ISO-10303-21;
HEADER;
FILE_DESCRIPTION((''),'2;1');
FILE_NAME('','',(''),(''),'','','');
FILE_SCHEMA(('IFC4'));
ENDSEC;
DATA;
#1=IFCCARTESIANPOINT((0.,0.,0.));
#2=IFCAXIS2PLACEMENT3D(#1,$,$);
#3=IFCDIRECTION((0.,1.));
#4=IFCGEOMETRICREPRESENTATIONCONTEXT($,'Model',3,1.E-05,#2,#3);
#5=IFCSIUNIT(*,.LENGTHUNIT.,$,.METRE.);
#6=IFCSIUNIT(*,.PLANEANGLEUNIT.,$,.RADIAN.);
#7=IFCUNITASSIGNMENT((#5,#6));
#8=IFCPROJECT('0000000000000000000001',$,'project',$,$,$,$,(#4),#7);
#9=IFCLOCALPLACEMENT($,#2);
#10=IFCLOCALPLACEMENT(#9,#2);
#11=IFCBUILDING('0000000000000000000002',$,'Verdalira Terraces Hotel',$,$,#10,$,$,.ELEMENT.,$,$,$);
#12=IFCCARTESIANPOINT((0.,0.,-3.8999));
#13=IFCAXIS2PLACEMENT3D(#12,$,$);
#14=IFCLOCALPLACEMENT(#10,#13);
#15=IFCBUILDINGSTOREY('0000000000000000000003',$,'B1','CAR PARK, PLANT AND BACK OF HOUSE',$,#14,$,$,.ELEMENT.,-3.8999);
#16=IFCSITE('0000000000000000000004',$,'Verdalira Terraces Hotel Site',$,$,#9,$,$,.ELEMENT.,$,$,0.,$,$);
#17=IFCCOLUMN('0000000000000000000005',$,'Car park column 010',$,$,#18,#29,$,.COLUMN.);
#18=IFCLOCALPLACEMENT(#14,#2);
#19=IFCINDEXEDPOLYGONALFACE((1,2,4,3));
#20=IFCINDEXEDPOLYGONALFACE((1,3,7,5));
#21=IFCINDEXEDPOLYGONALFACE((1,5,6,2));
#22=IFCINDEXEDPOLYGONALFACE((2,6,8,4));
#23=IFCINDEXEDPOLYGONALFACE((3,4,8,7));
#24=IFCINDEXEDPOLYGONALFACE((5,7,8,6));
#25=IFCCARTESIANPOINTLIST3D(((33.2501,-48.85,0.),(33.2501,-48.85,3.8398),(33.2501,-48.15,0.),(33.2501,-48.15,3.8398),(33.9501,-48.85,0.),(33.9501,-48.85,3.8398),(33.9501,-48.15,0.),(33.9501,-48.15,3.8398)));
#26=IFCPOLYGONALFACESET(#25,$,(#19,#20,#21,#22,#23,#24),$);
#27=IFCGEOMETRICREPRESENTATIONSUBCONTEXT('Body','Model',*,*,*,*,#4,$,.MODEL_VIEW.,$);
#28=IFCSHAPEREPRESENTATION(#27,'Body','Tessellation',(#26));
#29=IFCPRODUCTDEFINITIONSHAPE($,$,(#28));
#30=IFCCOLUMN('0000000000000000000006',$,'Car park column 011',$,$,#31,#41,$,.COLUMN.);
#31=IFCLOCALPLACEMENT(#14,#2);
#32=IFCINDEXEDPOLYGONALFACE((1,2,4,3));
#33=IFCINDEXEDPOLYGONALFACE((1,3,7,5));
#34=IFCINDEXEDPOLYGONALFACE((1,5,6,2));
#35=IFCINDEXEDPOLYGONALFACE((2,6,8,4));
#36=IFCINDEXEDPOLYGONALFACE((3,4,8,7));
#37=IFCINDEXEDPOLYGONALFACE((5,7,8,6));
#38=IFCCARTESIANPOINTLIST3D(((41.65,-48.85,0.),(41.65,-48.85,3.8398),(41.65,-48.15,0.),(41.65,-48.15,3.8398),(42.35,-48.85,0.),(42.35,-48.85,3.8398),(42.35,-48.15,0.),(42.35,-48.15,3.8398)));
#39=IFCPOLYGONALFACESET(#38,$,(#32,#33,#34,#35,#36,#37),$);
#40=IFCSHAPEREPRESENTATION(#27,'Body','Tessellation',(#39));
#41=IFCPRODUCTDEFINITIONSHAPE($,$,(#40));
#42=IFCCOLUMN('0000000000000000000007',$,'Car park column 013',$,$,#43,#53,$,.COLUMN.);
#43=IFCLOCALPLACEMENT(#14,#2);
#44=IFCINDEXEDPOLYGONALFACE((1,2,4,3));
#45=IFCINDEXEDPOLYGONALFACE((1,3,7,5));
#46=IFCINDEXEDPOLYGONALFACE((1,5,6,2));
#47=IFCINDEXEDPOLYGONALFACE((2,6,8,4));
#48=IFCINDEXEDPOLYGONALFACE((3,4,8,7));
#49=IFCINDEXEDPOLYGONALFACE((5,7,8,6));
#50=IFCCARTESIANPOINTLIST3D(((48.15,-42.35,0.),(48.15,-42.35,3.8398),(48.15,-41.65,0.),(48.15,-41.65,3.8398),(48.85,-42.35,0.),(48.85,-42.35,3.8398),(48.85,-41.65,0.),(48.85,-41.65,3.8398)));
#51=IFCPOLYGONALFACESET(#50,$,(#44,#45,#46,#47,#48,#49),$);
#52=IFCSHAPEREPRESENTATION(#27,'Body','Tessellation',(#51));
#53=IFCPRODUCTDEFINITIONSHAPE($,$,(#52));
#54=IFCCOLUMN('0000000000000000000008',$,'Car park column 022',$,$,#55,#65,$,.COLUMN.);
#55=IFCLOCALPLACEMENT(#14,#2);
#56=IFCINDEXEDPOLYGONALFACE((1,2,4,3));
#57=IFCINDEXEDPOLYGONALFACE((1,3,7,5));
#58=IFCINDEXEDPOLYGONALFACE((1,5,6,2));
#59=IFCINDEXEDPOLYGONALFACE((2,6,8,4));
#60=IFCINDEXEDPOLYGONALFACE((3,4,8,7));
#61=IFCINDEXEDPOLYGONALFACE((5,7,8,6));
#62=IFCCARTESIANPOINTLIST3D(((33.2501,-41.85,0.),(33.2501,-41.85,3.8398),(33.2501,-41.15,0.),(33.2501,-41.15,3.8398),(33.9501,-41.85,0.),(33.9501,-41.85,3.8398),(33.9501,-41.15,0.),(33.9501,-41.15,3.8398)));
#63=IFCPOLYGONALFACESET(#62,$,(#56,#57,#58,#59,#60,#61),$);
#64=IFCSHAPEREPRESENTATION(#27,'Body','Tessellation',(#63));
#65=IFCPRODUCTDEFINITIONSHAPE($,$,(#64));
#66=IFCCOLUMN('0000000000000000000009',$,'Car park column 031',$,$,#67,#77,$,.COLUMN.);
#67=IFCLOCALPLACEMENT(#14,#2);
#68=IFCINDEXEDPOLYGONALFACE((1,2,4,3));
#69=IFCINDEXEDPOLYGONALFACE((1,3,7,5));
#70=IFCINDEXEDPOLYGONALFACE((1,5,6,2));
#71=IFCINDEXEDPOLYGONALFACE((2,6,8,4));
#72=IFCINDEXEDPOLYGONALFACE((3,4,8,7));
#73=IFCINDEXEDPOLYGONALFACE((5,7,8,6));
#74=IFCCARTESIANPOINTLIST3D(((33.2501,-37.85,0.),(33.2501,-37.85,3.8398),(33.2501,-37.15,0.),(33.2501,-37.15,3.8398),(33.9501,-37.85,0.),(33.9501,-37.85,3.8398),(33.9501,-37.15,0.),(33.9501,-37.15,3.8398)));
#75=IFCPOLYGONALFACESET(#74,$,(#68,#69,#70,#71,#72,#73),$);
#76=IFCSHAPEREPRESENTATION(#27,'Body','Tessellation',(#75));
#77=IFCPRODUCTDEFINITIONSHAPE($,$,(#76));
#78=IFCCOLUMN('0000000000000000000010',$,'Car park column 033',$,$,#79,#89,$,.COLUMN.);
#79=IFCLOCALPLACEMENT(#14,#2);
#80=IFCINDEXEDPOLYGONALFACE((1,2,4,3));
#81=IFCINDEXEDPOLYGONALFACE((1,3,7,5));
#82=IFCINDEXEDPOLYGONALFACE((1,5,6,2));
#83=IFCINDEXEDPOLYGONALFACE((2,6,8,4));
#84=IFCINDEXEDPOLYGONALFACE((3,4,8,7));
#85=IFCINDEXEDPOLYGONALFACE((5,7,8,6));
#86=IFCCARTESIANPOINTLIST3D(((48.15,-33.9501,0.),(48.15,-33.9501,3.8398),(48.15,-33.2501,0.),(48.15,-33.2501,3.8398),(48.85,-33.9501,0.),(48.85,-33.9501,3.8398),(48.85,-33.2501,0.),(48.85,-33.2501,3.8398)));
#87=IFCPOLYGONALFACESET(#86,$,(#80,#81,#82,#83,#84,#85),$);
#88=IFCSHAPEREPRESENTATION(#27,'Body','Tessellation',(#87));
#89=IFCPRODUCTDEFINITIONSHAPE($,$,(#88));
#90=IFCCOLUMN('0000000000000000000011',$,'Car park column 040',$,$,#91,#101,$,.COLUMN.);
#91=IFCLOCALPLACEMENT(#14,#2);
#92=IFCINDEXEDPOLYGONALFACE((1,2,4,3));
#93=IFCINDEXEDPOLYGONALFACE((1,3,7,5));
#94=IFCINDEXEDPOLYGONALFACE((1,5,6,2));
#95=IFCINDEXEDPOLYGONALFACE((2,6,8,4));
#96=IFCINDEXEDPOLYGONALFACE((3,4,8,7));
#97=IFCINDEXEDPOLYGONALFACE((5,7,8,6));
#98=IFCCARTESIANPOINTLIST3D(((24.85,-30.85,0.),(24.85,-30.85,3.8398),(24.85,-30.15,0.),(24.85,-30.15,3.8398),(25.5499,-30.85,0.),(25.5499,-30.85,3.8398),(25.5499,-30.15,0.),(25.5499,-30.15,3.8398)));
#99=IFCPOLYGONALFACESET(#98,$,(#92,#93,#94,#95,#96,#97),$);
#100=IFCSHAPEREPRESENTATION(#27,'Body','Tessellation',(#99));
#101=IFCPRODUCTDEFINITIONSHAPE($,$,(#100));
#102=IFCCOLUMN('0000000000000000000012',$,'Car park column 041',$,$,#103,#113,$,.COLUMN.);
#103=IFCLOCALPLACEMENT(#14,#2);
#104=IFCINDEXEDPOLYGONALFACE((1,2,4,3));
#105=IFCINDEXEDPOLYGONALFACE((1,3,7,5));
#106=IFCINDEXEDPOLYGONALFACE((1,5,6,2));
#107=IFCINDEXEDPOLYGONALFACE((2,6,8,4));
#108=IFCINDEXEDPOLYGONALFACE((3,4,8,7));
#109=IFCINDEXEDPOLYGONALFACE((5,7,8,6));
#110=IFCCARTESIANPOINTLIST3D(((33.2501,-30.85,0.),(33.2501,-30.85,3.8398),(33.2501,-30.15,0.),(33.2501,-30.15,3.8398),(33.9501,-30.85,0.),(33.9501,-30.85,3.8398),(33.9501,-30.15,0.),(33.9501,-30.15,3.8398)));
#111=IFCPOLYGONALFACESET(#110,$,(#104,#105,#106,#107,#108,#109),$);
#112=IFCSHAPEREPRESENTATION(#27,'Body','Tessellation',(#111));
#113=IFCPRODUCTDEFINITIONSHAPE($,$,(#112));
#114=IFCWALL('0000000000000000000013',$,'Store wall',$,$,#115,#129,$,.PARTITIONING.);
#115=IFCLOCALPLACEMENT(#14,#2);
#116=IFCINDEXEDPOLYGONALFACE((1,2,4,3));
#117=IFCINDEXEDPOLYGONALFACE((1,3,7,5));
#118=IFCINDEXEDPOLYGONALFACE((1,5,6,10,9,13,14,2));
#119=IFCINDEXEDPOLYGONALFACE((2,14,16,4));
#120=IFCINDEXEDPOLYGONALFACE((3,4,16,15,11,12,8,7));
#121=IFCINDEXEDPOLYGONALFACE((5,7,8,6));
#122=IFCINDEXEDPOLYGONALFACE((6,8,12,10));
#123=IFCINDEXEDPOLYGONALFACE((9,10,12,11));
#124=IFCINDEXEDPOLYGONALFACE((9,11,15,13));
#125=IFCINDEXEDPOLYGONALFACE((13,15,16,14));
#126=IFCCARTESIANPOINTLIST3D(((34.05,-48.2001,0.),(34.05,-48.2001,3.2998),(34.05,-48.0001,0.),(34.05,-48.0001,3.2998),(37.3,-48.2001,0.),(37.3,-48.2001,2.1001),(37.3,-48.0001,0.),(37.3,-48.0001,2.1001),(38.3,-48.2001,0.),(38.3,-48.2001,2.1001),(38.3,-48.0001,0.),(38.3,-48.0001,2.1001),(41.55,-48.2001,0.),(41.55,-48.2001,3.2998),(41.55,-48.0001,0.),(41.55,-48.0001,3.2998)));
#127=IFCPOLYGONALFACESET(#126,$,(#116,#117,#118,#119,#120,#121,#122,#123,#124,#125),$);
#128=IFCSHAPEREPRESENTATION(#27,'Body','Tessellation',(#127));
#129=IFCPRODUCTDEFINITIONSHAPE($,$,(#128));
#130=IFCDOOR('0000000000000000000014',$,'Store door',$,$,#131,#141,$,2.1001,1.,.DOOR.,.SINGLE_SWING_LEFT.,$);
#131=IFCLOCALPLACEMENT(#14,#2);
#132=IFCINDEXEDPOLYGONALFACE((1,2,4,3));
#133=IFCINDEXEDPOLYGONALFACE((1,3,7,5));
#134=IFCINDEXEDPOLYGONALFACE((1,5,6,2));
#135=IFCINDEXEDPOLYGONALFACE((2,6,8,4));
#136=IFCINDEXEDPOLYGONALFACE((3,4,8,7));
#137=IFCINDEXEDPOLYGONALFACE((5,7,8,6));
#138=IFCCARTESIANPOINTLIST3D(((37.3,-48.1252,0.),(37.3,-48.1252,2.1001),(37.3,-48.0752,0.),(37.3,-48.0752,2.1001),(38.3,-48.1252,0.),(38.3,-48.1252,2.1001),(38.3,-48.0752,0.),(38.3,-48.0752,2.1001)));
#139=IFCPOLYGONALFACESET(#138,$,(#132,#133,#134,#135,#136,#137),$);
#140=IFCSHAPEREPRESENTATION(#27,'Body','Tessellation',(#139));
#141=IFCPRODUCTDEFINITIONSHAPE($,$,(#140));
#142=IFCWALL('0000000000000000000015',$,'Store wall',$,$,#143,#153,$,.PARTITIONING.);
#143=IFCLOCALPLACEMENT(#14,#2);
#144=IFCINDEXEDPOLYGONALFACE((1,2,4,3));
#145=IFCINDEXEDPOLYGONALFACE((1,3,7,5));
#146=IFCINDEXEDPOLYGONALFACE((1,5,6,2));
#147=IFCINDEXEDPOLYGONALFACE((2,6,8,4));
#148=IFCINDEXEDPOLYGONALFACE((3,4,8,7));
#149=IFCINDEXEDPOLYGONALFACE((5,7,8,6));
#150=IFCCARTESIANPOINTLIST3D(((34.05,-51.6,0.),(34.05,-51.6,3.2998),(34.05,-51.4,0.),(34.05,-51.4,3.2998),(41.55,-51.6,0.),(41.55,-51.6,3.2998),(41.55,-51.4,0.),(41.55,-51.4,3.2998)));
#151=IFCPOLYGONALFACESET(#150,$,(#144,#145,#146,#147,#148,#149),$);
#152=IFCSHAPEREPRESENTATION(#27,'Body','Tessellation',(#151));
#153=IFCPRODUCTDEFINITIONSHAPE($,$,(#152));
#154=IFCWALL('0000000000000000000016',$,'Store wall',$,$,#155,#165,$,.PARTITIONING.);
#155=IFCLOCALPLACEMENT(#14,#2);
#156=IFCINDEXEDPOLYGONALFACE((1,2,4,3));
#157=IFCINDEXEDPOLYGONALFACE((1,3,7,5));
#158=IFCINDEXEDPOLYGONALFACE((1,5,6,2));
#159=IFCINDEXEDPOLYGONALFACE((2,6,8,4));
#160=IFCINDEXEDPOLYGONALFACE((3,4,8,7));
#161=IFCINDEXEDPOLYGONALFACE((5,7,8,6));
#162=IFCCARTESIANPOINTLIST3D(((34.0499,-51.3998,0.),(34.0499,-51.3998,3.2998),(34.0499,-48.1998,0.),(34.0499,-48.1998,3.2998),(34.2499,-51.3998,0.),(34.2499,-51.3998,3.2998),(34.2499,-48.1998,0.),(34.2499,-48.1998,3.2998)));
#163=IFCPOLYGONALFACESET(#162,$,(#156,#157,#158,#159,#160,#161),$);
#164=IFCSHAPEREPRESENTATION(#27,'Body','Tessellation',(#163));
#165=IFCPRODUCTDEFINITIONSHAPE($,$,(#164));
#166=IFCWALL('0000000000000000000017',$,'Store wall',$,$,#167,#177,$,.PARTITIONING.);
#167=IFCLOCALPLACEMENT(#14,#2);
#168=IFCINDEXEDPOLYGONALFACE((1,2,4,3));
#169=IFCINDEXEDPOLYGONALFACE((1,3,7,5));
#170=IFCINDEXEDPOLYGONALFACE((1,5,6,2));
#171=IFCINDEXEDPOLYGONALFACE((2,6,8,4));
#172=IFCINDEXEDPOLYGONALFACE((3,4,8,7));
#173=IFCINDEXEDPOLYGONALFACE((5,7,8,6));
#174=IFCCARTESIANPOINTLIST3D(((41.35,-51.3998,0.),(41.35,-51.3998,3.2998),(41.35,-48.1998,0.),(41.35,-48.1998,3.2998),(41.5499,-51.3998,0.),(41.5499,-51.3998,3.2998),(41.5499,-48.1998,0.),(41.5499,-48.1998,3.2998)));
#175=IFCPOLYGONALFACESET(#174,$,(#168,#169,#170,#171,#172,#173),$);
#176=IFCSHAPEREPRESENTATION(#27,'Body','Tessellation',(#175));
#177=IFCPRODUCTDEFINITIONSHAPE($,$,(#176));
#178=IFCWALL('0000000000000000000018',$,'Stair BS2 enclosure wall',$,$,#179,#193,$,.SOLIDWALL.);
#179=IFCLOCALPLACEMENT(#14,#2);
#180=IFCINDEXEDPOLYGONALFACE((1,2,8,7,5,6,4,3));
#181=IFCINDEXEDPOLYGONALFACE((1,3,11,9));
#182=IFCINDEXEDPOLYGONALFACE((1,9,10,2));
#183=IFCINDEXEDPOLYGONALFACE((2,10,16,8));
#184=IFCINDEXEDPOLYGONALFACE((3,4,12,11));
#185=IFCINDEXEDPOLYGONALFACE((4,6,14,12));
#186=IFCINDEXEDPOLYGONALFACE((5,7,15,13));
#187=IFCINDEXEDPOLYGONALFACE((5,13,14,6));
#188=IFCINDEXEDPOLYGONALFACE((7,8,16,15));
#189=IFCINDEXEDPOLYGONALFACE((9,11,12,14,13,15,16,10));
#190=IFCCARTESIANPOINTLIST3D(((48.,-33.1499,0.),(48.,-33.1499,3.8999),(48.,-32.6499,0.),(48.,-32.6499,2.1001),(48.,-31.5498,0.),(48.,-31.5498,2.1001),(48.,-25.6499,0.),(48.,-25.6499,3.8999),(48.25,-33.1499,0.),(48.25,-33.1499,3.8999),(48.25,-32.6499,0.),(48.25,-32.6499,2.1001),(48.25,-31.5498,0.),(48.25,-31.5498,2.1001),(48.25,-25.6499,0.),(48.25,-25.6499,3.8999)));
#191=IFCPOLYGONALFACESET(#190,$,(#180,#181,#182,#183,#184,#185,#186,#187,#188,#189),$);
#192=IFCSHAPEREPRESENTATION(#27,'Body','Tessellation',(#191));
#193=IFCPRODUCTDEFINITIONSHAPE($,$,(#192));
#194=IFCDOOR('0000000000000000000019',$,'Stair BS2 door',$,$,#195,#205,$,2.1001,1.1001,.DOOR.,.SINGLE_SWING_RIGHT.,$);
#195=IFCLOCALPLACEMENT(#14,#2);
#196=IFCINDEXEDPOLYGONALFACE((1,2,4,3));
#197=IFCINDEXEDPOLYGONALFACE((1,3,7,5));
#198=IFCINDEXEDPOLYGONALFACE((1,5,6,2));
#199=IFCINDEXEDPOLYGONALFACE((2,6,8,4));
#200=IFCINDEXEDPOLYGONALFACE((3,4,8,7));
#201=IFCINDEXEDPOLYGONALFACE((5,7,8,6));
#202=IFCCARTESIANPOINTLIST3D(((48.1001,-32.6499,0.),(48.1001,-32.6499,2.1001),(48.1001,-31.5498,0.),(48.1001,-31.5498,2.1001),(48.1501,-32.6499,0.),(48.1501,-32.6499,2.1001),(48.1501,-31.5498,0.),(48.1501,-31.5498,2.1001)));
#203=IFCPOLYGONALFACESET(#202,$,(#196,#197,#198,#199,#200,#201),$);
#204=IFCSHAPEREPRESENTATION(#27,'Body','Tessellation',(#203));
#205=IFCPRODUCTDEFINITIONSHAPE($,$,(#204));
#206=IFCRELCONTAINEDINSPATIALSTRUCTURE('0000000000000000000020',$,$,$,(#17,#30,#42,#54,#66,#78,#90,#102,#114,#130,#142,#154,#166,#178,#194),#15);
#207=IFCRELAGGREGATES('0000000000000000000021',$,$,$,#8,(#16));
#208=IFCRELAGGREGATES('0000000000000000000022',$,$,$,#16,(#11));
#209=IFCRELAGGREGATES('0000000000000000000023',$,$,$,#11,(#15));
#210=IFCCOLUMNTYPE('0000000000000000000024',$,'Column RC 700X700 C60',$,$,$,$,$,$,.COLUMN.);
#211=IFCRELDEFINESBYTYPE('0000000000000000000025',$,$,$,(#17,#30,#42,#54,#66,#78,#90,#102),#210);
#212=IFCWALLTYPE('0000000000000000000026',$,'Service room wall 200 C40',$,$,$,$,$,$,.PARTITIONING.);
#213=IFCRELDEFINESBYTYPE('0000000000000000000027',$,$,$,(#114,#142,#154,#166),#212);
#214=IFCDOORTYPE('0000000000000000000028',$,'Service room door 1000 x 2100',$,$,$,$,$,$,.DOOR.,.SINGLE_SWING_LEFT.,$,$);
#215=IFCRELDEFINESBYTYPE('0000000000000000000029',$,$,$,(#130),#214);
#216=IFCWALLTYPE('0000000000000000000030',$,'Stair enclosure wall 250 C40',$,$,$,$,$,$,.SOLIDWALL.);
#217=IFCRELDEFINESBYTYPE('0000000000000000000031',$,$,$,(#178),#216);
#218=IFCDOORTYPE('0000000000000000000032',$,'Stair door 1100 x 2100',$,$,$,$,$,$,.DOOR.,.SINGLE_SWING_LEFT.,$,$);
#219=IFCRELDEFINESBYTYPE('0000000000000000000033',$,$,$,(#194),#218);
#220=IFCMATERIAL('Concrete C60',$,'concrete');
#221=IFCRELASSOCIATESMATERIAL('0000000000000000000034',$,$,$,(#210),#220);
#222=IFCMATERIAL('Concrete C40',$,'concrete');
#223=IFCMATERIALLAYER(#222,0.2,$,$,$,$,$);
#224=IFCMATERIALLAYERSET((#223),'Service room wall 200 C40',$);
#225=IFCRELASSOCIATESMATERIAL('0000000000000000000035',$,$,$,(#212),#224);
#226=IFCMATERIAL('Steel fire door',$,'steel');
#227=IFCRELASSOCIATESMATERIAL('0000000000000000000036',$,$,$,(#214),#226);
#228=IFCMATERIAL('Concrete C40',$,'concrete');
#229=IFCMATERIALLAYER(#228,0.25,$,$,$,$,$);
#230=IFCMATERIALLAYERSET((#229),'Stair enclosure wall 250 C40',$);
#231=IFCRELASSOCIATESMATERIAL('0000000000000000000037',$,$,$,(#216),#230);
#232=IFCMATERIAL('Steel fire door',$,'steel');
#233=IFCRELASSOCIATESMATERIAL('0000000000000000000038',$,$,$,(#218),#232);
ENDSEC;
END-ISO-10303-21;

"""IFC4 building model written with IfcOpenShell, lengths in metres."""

from ifc_helpers import new_model, si_unit, direction, frame, frame_2d, origin, origin_2d, place, context, subcontext, project, spatial, rectangle, extrude, material, layer, layer_set, material_profile, profile_set, type_object, element, fill, save


model = new_model("IFC4")

# Units and contexts
model_context = context("Model", 3, precision=1e-05, world=origin(), true_north=direction((0.0, 1.0)))
body_context = subcontext(model_context, "Body", "Model", "MODEL_VIEW")
ifc_project = project(units=[si_unit("LENGTHUNIT", "METRE"), si_unit("PLANEANGLEUNIT", "RADIAN")], contexts=[model_context])

# Site, building, storey
site_placement = place(None, origin())
site = spatial("IfcSite", under=ifc_project, at=site_placement, Name="Verdalira Terraces Hotel Site", CompositionType="ELEMENT", RefElevation=0.0)
building_placement = place(site_placement, origin())
building = spatial("IfcBuilding", under=site, at=building_placement, Name="Verdalira Terraces Hotel", CompositionType="ELEMENT")
storey_placement = place(building_placement, frame((0.0, 0.0, -3.8999)))
storey = spatial("IfcBuildingStorey", under=building, at=storey_placement, Name="B1", Description="CAR PARK, PLANT AND BACK OF HOUSE", CompositionType="ELEMENT", Elevation=-3.8999)

# Columns
ifc_material_1 = material(Name="Concrete C60", Category="concrete")
ifc_material_profile = material_profile(ifc_material_1, rectangle(XDim=0.7, YDim=0.7, at=origin_2d()), Name="RC 700X700")
ifc_profile_set = profile_set([ifc_material_profile], Name="Concrete C60")
column_type = type_object("IfcColumnType", Name="Column RC 700X700 C60", PredefinedType="COLUMN", material=ifc_profile_set)
for number, where, z_axis, x_axis, name in (
    (1, (33.6001, -48.5, 0.0), (0.0, 0.0, 1.0), (1.0, 0.0, 0.0), "Car park column 010"),
    (2, (42.0, -48.5, 0.0), (0.0, 0.0, 1.0), (1.0, 0.0, 0.0), "Car park column 011"),
    (3, (48.5, -42.0, 0.0), (0.0, 0.0, 1.0), (1.0, 0.0, 0.0), "Car park column 013"),
    (4, (33.6001, -41.5, 0.0), (0.0, 0.0, 1.0), (1.0, 0.0, 0.0), "Car park column 022"),
    (5, (33.6001, -37.5, 0.0), (0.0, 0.0, 1.0), (1.0, 0.0, 0.0), "Car park column 031"),
    (6, (48.5, -33.6001, 0.0), (0.0, 0.0, 1.0), (1.0, 0.0, 0.0), "Car park column 033"),
    (7, (25.2, -30.5, 0.0), (0.0, 0.0, 1.0), (1.0, 0.0, 0.0), "Car park column 040"),
    (8, (33.6001, -30.5, 0.0), (0.0, 0.0, 1.0), (1.0, 0.0, 0.0), "Car park column 041"),
):
    element("IfcColumn", number, at=place(storey_placement, frame(where, z_axis=z_axis, x_axis=x_axis)), inside=storey, type_object=column_type, Name=name, PredefinedType="COLUMN", context=body_context, shape_type="SweptSolid", body=[
        extrude(rectangle(XDim=0.7, YDim=0.7, at=origin_2d()), origin(), (0.0, 0.0, 1.0), 3.8398),
    ])

# Wall, opening, door
ifc_material_2 = material(Name="Concrete C40", Category="concrete")
ifc_layer_1 = layer(ifc_material_2, 0.2)
ifc_layer_set_1 = layer_set([ifc_layer_1], Name="Service room wall 200 C40")
wall_type_1 = type_object("IfcWallType", Name="Service room wall 200 C40", PredefinedType="PARTITIONING", material=ifc_layer_set_1)
wall_1_placement = place(storey_placement, frame((34.05, -48.1001, 0.0), z_axis=(0.0, 0.0, 1.0), x_axis=(1.0, 0.0, 0.0)))
wall_1 = element("IfcWall", 9, at=wall_1_placement, inside=storey, type_object=wall_type_1, Name="Store wall", PredefinedType="PARTITIONING", context=body_context, shape_type="SweptSolid", body=[
    extrude(rectangle(XDim=7.5, YDim=0.2, at=frame_2d((3.75, 0.0))), origin(), (0.0, 0.0, 1.0), 3.2998),
])
opening_1_placement = place(wall_1_placement, frame((3.25, 0.0, 0.0)))
opening_1 = element("IfcOpeningElement", 10, at=opening_1_placement, cuts=wall_1, PredefinedType="OPENING", context=body_context, shape_type="SweptSolid", body=[
    extrude(rectangle(XDim=1.0, YDim=2.1001, at=frame_2d((0.5, 1.05))), frame((0.0, 0.1099, 0.0), z_axis=(0.0, -1.0, 0.0), x_axis=(1.0, 0.0, 0.0)), (0.0, 0.0, 1.0), 0.22),
])
ifc_material_3 = material(Name="Steel fire door", Category="steel")
door_type_1 = type_object("IfcDoorType", Name="Service room door 1000 x 2100", OperationType="SINGLE_SWING_LEFT", PredefinedType="DOOR", material=ifc_material_3)
door_1_placement = place(opening_1_placement, origin())
door_1 = element("IfcDoor", 11, at=door_1_placement, inside=storey, type_object=door_type_1, Name="Store door", OperationType="SINGLE_SWING_LEFT", OverallHeight=2.1001, OverallWidth=1.0, PredefinedType="DOOR", context=body_context, shape_type="SweptSolid", body=[
    extrude(rectangle(XDim=1.0, YDim=2.1001, at=frame_2d((0.5, 1.05))), frame((0.0, 0.0249, 0.0), z_axis=(0.0, -1.0, 0.0), x_axis=(1.0, 0.0, 0.0)), (0.0, 0.0, 1.0), 0.05),
])
fill(opening_1, door_1)

# Walls
wall_2_placement = place(storey_placement, frame((34.05, -51.5, 0.0), z_axis=(0.0, 0.0, 1.0), x_axis=(1.0, 0.0, 0.0)))
element("IfcWall", 12, at=wall_2_placement, inside=storey, type_object=wall_type_1, Name="Store wall", PredefinedType="PARTITIONING", context=body_context, shape_type="SweptSolid", body=[
    extrude(rectangle(XDim=7.5, YDim=0.2, at=frame_2d((3.75, 0.0))), origin(), (0.0, 0.0, 1.0), 3.2998),
])
for number, where, z_axis, x_axis, name in (
    (13, (34.1499, -51.3999, 0.0), (0.0, 0.0, 1.0), (0.0, 1.0, 0.0), "Store wall"),
    (14, (41.45, -51.3999, 0.0), (0.0, 0.0, 1.0), (0.0, 1.0, 0.0), "Store wall"),
):
    element("IfcWall", number, at=place(storey_placement, frame(where, z_axis=z_axis, x_axis=x_axis)), inside=storey, type_object=wall_type_1, Name=name, PredefinedType="PARTITIONING", context=body_context, shape_type="SweptSolid", body=[
        extrude(rectangle(XDim=3.2, YDim=0.2, at=frame_2d((1.6001, 0.0))), origin(), (0.0, 0.0, 1.0), 3.2998),
    ])

# Wall, opening, door
ifc_material_4 = material(Name="Concrete C40", Category="concrete")
ifc_layer_2 = layer(ifc_material_4, 0.25)
ifc_layer_set_2 = layer_set([ifc_layer_2], Name="Stair enclosure wall 250 C40")
wall_type_2 = type_object("IfcWallType", Name="Stair enclosure wall 250 C40", PredefinedType="SOLIDWALL", material=ifc_layer_set_2)
wall_3_placement = place(storey_placement, frame((48.125, -33.1499, 0.0), z_axis=(0.0, 0.0, 1.0), x_axis=(0.0, 1.0, 0.0)))
wall_3 = element("IfcWall", 15, at=wall_3_placement, inside=storey, type_object=wall_type_2, Name="Stair BS2 enclosure wall", PredefinedType="SOLIDWALL", context=body_context, shape_type="SweptSolid", body=[
    extrude(rectangle(XDim=7.5, YDim=0.25, at=frame_2d((3.75, 0.0))), origin(), (0.0, 0.0, 1.0), 3.8999),
])
opening_2_placement = place(wall_3_placement, frame((0.5, 0.0, 0.0)))
opening_2 = element("IfcOpeningElement", 16, at=opening_2_placement, cuts=wall_3, PredefinedType="OPENING", context=body_context, shape_type="SweptSolid", body=[
    extrude(rectangle(XDim=1.1001, YDim=2.1001, at=frame_2d((0.55, 1.05))), frame((0.0, 0.135, 0.0), z_axis=(0.0, -1.0, 0.0), x_axis=(1.0, 0.0, 0.0)), (0.0, 0.0, 1.0), 0.27),
])
ifc_material_5 = material(Name="Steel fire door", Category="steel")
door_type_2 = type_object("IfcDoorType", Name="Stair door 1100 x 2100", OperationType="SINGLE_SWING_LEFT", PredefinedType="DOOR", material=ifc_material_5)
door_2_placement = place(opening_2_placement, origin())
door_2 = element("IfcDoor", 17, at=door_2_placement, inside=storey, type_object=door_type_2, Name="Stair BS2 door", OperationType="SINGLE_SWING_RIGHT", OverallHeight=2.1001, OverallWidth=1.1001, PredefinedType="DOOR", context=body_context, shape_type="SweptSolid", body=[
    extrude(rectangle(XDim=1.1001, YDim=2.1001, at=frame_2d((0.55, 1.05))), frame((0.0, 0.0249, 0.0), z_axis=(0.0, -1.0, 0.0), x_axis=(1.0, 0.0, 0.0)), (0.0, 0.0, 1.0), 0.05),
])
fill(opening_2, door_2)

save(model, "model.ifc")
